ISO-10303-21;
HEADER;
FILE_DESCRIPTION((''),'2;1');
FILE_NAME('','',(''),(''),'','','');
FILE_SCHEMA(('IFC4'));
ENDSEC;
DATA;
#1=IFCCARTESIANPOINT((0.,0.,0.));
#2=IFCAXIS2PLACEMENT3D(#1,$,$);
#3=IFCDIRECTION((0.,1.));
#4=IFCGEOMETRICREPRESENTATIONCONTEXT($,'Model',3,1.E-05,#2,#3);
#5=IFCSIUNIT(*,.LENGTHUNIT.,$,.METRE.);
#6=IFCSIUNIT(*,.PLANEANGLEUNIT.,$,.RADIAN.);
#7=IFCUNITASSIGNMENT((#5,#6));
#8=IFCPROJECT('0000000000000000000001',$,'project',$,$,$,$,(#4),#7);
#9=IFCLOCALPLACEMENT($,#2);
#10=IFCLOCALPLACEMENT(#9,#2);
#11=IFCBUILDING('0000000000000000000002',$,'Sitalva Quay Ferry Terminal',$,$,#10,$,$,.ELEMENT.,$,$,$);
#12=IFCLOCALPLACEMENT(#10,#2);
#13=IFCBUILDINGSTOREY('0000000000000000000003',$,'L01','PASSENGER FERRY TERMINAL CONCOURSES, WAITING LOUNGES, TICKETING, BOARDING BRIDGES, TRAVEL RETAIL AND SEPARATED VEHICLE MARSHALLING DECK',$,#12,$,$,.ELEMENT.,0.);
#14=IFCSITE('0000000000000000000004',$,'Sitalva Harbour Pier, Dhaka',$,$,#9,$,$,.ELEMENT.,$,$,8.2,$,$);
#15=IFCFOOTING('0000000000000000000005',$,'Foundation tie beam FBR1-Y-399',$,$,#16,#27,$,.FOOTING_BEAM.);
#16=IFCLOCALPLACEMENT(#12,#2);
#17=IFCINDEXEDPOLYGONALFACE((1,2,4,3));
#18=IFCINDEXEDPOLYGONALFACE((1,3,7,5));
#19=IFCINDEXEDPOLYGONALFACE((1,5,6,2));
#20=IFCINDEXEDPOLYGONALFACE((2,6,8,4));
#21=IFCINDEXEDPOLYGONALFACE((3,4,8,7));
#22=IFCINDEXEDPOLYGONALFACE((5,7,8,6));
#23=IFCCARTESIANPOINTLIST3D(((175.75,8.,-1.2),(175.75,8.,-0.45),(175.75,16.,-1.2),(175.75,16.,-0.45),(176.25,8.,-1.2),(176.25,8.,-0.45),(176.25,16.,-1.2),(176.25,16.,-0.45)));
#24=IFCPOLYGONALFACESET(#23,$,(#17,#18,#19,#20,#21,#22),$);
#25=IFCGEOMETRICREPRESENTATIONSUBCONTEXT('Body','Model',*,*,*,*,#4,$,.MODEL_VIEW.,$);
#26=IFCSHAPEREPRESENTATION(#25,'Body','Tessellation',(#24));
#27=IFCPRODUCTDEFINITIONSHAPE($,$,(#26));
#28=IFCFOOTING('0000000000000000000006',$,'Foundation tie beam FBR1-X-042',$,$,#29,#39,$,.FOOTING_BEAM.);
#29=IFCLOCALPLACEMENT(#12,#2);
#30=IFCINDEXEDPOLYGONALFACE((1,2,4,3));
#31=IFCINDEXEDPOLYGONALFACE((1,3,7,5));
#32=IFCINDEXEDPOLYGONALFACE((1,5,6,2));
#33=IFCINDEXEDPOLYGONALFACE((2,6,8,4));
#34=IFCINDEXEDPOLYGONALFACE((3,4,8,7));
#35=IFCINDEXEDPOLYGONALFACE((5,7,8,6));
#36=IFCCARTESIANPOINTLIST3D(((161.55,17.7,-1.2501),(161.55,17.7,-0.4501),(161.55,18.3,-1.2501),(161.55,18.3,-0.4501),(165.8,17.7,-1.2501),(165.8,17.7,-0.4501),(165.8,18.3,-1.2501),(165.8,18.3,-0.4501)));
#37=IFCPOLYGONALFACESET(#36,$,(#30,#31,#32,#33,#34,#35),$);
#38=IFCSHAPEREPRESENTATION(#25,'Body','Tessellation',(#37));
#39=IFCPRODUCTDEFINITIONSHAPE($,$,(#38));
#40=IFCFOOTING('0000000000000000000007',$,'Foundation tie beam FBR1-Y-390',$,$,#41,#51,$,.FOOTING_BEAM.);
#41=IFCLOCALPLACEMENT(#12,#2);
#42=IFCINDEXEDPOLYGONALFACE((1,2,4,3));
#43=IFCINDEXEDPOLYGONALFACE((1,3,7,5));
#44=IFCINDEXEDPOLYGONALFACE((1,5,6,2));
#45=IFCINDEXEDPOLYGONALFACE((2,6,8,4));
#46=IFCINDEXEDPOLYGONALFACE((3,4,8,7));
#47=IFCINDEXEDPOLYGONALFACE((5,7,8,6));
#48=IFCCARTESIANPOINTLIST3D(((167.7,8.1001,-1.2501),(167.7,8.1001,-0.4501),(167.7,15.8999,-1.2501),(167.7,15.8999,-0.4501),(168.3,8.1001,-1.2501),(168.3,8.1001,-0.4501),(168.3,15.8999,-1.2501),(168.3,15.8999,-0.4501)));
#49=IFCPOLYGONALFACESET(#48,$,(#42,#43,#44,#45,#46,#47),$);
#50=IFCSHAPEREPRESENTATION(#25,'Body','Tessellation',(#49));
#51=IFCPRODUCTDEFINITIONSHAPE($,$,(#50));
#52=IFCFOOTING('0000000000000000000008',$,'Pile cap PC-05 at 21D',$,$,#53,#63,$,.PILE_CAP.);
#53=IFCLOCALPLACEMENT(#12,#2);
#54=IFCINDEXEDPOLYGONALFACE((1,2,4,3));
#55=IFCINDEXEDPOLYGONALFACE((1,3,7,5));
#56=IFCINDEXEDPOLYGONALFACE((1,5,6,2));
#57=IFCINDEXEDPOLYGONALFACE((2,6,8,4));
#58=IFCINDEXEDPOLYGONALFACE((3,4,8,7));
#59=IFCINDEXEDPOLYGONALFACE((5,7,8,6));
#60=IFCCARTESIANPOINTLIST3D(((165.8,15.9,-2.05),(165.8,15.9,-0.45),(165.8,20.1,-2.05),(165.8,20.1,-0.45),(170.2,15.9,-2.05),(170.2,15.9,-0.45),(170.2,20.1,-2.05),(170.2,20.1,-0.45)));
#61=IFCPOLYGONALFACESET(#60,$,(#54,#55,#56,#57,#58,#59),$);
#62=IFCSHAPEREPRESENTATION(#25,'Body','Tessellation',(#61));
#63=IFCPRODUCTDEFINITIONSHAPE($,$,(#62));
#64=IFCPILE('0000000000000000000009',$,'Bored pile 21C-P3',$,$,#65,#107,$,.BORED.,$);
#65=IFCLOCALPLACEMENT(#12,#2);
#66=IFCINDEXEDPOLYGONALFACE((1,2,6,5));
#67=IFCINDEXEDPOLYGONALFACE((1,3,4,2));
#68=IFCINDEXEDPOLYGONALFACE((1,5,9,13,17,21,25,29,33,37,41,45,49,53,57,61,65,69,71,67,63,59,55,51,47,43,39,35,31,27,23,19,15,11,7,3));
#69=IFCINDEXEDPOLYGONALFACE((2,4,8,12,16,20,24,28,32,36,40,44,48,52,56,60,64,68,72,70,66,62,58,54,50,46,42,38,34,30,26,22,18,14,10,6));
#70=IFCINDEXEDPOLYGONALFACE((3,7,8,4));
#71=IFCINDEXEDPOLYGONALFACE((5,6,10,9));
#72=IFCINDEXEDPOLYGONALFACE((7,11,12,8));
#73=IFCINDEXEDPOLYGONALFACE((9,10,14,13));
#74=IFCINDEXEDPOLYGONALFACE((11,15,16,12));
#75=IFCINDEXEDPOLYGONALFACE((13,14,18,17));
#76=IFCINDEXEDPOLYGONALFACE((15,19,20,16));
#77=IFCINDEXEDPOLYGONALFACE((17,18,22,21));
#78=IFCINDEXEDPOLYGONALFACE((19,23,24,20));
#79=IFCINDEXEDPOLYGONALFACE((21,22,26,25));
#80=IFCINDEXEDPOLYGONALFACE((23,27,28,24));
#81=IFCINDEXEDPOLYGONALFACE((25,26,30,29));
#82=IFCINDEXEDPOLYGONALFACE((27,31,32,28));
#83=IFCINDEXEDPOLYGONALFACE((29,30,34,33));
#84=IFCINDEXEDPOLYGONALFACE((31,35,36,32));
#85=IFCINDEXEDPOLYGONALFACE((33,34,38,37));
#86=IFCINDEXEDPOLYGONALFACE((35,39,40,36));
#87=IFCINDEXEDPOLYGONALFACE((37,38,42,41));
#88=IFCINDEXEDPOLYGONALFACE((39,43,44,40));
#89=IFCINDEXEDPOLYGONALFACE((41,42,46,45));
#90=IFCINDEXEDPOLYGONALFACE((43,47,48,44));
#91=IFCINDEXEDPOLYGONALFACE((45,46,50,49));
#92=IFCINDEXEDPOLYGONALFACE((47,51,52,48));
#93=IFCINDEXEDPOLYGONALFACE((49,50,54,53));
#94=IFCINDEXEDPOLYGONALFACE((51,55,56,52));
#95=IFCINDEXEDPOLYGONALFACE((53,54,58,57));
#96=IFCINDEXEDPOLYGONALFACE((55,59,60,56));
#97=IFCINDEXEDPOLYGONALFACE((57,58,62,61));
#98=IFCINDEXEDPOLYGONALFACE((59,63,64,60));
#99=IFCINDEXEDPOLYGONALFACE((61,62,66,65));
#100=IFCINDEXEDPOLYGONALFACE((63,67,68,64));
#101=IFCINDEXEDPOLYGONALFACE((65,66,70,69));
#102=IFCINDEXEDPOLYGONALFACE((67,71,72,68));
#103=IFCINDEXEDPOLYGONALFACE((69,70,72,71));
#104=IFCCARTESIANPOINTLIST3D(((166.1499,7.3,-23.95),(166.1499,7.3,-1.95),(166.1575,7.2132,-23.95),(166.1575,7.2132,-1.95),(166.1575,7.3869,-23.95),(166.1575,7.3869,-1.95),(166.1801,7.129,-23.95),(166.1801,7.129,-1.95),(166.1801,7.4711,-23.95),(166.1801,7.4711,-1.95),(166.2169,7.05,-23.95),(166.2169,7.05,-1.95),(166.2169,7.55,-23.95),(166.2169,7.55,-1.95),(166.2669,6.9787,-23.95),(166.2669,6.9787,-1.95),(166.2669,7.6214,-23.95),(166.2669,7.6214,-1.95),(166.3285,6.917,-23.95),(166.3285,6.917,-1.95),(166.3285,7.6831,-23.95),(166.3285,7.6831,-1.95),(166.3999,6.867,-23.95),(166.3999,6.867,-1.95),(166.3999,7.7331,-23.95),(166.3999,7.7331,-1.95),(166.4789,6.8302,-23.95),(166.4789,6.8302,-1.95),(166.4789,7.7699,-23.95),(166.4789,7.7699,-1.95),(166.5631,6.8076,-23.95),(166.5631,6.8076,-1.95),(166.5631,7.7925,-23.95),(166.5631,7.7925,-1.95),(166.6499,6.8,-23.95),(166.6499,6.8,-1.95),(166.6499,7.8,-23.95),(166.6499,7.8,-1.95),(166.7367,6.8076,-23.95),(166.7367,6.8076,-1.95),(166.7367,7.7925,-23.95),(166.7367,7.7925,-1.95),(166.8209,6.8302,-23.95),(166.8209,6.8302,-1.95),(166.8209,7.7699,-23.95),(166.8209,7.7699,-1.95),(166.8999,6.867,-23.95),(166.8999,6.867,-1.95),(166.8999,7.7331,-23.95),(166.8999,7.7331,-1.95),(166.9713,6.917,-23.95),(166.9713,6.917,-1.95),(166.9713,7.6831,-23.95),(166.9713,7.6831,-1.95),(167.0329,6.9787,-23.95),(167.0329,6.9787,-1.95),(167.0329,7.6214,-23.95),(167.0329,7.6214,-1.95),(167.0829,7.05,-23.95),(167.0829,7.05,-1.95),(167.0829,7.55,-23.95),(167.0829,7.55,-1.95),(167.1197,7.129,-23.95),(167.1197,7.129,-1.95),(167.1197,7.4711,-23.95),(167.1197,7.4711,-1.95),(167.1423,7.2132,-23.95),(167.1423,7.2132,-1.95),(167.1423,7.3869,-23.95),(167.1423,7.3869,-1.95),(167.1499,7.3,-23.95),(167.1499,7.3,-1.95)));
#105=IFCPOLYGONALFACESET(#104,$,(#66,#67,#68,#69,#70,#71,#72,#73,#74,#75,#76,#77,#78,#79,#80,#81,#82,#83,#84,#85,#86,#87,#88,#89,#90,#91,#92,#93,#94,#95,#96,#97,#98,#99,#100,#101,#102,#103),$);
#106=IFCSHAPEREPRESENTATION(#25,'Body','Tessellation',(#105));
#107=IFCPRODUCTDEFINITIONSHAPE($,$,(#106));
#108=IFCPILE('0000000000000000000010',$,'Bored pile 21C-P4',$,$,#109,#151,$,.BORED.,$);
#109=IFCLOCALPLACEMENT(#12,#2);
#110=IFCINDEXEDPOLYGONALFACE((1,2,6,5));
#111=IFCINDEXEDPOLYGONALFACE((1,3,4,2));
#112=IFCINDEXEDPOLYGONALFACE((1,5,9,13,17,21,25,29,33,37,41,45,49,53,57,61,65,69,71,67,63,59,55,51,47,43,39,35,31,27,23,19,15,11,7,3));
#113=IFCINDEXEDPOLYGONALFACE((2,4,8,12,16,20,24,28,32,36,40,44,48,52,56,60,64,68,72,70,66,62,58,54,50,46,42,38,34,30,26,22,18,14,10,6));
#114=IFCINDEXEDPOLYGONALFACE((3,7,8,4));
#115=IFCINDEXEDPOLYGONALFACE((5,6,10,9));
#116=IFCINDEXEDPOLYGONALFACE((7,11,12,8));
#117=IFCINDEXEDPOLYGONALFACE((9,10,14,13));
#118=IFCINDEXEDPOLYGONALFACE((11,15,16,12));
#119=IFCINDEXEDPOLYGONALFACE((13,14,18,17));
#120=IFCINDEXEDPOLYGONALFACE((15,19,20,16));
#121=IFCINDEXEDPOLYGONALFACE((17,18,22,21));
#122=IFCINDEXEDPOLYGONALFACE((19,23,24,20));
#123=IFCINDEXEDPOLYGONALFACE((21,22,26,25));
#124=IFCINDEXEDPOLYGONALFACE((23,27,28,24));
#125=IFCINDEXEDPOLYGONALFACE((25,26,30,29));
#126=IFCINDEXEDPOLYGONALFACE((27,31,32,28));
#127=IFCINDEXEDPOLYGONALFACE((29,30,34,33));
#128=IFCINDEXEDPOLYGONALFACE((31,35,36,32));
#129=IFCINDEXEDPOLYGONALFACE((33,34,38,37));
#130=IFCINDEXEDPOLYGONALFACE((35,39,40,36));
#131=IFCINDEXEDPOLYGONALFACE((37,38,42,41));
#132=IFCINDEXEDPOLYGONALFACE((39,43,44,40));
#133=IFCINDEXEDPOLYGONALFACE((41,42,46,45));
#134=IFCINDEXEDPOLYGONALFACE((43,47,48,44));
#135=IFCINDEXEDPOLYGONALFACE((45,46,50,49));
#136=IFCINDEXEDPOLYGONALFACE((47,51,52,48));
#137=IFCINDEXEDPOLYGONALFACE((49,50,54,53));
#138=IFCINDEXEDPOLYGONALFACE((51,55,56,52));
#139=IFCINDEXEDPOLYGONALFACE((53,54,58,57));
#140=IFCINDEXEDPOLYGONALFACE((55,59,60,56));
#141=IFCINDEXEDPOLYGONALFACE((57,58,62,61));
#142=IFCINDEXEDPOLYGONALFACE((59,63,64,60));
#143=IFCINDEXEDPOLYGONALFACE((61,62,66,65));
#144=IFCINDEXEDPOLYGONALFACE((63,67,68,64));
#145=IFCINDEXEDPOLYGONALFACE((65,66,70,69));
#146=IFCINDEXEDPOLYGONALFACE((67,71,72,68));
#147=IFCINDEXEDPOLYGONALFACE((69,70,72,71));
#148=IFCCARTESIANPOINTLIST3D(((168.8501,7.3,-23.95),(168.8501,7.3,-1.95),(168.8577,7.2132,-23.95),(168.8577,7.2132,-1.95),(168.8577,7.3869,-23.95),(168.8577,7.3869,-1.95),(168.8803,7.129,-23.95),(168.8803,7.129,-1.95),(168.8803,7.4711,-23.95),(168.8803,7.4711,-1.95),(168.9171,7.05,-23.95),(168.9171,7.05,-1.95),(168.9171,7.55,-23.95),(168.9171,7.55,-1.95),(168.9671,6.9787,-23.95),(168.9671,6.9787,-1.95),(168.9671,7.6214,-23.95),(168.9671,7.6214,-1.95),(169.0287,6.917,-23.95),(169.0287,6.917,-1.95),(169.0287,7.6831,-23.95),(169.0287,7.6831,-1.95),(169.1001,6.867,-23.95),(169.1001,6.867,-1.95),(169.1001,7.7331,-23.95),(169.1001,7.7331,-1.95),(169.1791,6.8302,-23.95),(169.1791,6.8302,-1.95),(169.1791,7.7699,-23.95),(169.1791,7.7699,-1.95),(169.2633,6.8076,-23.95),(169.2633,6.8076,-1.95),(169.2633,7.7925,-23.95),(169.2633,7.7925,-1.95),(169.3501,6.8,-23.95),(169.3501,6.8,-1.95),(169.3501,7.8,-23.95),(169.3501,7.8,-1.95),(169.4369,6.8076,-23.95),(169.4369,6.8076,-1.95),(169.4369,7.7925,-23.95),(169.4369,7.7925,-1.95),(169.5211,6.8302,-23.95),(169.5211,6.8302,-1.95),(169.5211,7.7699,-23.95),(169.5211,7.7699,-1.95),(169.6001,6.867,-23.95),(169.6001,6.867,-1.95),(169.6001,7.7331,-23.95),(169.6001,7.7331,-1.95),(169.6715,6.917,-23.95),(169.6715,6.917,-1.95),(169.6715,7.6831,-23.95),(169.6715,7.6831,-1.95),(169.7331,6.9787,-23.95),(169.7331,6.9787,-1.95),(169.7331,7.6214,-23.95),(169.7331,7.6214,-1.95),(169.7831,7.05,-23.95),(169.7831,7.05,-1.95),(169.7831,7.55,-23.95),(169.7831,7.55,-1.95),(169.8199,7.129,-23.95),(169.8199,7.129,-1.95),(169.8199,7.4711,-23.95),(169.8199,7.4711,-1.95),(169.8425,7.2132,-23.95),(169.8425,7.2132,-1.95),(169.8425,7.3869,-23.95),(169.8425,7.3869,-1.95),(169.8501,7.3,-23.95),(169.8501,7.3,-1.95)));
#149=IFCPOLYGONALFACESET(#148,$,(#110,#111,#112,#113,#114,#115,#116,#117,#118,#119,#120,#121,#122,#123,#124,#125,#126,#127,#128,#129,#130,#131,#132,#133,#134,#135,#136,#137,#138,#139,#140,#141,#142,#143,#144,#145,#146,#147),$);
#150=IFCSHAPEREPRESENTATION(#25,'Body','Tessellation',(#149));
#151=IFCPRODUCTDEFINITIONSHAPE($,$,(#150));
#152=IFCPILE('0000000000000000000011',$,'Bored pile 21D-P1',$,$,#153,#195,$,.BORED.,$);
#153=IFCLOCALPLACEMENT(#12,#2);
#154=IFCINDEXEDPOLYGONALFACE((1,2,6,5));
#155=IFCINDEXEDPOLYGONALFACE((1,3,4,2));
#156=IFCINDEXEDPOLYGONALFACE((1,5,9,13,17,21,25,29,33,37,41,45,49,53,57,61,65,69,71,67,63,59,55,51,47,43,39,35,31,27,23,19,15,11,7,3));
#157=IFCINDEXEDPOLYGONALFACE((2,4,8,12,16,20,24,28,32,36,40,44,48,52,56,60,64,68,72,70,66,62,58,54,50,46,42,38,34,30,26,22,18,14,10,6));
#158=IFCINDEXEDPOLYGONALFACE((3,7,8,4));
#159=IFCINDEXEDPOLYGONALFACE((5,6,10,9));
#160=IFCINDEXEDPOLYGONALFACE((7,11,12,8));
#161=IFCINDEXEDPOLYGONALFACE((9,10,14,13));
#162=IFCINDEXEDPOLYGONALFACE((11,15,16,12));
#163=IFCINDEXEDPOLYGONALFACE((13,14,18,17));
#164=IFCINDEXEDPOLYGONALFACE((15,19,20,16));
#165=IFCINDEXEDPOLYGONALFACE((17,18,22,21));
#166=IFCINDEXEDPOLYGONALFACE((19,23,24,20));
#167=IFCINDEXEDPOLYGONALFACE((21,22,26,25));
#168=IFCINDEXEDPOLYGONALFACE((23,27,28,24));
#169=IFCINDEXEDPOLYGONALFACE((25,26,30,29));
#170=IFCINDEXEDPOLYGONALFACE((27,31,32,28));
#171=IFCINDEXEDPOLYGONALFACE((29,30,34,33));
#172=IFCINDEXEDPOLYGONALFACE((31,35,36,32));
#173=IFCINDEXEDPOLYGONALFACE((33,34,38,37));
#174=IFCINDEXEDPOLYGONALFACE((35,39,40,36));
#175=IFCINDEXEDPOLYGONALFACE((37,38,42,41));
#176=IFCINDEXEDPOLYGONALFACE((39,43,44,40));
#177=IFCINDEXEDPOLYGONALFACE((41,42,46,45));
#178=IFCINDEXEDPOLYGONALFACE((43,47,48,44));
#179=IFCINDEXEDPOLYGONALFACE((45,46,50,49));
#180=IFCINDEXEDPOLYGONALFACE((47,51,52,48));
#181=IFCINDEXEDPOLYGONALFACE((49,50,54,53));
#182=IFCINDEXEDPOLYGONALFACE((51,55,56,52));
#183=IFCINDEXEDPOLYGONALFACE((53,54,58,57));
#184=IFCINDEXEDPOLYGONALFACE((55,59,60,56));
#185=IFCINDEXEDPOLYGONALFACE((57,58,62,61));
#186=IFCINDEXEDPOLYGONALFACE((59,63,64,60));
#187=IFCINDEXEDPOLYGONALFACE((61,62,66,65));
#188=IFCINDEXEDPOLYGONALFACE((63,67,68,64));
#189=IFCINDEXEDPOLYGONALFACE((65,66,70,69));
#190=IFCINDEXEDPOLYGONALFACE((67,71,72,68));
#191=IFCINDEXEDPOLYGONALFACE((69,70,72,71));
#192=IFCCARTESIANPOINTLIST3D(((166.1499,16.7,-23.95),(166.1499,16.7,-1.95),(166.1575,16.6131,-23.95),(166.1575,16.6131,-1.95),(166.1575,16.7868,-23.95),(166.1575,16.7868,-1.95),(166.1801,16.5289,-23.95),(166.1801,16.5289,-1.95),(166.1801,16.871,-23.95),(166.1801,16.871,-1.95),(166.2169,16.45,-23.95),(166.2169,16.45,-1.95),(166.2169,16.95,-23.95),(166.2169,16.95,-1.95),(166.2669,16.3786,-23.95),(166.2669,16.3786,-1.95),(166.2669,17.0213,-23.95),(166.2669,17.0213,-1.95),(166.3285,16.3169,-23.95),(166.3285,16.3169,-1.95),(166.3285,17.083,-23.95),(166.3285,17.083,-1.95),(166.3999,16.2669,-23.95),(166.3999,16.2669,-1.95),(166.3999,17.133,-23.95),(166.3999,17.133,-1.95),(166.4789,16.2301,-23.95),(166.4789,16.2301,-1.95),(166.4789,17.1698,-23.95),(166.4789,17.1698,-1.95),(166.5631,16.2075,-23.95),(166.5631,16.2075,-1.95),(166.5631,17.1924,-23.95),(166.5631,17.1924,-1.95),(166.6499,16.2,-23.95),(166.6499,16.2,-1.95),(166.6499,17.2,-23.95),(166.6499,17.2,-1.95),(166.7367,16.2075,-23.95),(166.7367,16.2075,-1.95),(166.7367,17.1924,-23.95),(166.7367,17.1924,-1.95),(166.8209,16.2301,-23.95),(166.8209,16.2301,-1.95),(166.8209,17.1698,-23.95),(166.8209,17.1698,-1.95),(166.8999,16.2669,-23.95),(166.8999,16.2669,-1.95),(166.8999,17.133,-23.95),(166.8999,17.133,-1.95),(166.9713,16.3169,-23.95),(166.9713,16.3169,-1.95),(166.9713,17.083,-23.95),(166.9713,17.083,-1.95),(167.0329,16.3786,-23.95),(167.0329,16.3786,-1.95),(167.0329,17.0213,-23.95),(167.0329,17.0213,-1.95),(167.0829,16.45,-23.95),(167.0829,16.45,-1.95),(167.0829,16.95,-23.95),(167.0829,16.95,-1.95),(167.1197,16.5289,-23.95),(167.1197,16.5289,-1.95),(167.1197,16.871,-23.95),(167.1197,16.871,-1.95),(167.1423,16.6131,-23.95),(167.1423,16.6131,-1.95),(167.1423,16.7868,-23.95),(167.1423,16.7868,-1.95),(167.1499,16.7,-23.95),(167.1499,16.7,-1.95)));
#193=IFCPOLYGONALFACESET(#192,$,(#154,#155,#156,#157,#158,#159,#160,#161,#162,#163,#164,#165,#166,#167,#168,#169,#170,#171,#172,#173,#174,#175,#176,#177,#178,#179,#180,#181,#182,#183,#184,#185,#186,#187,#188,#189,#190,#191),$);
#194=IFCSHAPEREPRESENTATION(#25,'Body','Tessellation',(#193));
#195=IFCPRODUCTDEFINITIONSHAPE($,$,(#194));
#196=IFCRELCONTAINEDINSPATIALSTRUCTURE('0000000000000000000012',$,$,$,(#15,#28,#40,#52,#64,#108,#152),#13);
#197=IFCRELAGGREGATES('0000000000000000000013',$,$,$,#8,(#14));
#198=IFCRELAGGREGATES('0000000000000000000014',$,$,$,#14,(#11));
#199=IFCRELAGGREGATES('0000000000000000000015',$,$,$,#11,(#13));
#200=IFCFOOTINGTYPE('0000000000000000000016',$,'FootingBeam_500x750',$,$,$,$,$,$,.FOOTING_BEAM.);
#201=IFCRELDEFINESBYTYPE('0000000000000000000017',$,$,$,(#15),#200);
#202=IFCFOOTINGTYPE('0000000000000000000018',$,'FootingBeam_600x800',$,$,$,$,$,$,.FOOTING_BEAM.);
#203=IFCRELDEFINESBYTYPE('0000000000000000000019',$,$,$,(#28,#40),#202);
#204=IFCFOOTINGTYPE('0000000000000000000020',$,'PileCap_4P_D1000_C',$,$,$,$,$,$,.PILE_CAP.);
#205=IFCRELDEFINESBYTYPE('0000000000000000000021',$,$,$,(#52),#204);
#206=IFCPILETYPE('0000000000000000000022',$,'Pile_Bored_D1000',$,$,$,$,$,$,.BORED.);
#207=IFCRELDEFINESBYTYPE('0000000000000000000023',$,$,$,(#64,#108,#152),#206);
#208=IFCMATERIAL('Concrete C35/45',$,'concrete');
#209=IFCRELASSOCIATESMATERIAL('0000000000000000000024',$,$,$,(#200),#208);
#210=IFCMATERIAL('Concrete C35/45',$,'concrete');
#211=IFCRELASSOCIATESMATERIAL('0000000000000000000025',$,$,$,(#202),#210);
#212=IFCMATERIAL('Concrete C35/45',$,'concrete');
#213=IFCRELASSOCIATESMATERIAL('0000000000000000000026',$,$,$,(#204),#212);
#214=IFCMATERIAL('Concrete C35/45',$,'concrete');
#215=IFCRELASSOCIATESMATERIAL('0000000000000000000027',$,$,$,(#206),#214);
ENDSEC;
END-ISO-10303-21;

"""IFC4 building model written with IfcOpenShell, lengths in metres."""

from ifc_helpers import new_model, si_unit, direction, frame, origin, origin_2d, place, context, subcontext, project, spatial, rectangle, circle, extrude, material, material_profile, profile_set, type_object, element, save


model = new_model("IFC4")

# Units and contexts
model_context = context("Model", 3, precision=1e-05, world=origin(), true_north=direction((0.0, 1.0)))
body_context = subcontext(model_context, "Body", "Model", "MODEL_VIEW")
ifc_project = project(units=[si_unit("LENGTHUNIT", "METRE"), si_unit("PLANEANGLEUNIT", "RADIAN")], contexts=[model_context])

# Site, building, storey
site_placement = place(None, origin())
site = spatial("IfcSite", under=ifc_project, at=site_placement, Name="Sitalva Harbour Pier, Dhaka", CompositionType="ELEMENT", RefElevation=8.2)
building_placement = place(site_placement, origin())
building = spatial("IfcBuilding", under=site, at=building_placement, Name="Sitalva Quay Ferry Terminal", CompositionType="ELEMENT")
storey_placement = place(building_placement, origin())
storey = spatial("IfcBuildingStorey", under=building, at=storey_placement, Name="L01", Description="PASSENGER FERRY TERMINAL CONCOURSES, WAITING LOUNGES, TICKETING, BOARDING BRIDGES, TRAVEL RETAIL AND SEPARATED VEHICLE MARSHALLING DECK", CompositionType="ELEMENT", Elevation=0.0)

# Footings
ifc_material_1 = material(Name="Concrete C35/45", Category="concrete")
ifc_material_profile_1 = material_profile(ifc_material_1, rectangle(XDim=0.5, YDim=0.75, at=origin_2d()), Name="RC500x750")
ifc_profile_set_1 = profile_set([ifc_material_profile_1], Name="Concrete C35/45")
footing_type_1 = type_object("IfcFootingType", Name="FootingBeam_500x750", PredefinedType="FOOTING_BEAM", material=ifc_profile_set_1)
footing_1_placement = place(storey_placement, frame((176.0, 8.0, -0.825), z_axis=(0.0, 1.0, 0.0), x_axis=(-1.0, 0.0, 0.0)))
element("IfcFooting", 1, at=footing_1_placement, inside=storey, type_object=footing_type_1, Name="Foundation tie beam FBR1-Y-399", PredefinedType="FOOTING_BEAM", context=body_context, shape_type="SweptSolid", body=[
    extrude(rectangle(XDim=0.5, YDim=0.75, at=origin_2d()), origin(), (0.0, 0.0, 1.0), 8.0),
])
ifc_material_2 = material(Name="Concrete C35/45", Category="concrete")
ifc_material_profile_2 = material_profile(ifc_material_2, rectangle(XDim=0.6001, YDim=0.8, at=origin_2d()), Name="RC600x800")
ifc_profile_set_2 = profile_set([ifc_material_profile_2], Name="Concrete C35/45")
footing_type_2 = type_object("IfcFootingType", Name="FootingBeam_600x800", PredefinedType="FOOTING_BEAM", material=ifc_profile_set_2)
footing_2_placement = place(storey_placement, frame((161.55, 18.0, -0.8501), z_axis=(1.0, 0.0, 0.0), x_axis=(0.0, 1.0, 0.0)))
element("IfcFooting", 2, at=footing_2_placement, inside=storey, type_object=footing_type_2, Name="Foundation tie beam FBR1-X-042", PredefinedType="FOOTING_BEAM", context=body_context, shape_type="SweptSolid", body=[
    extrude(rectangle(XDim=0.6001, YDim=0.8, at=origin_2d()), origin(), (0.0, 0.0, 1.0), 4.25),
])
footing_3_placement = place(storey_placement, frame((168.0, 8.1001, -0.8501), z_axis=(0.0, 1.0, 0.0), x_axis=(-1.0, 0.0, 0.0)))
element("IfcFooting", 3, at=footing_3_placement, inside=storey, type_object=footing_type_2, Name="Foundation tie beam FBR1-Y-390", PredefinedType="FOOTING_BEAM", context=body_context, shape_type="SweptSolid", body=[
    extrude(rectangle(XDim=0.6001, YDim=0.8, at=origin_2d()), origin(), (0.0, 0.0, 1.0), 7.7998),
])
ifc_material_3 = material(Name="Concrete C35/45", Category="concrete")
footing_type_3 = type_object("IfcFootingType", Name="PileCap_4P_D1000_C", PredefinedType="PILE_CAP", material=ifc_material_3)
footing_4_placement = place(storey_placement, frame((168.0, 18.0, -2.05), z_axis=(0.0, 0.0, 1.0), x_axis=(1.0, 0.0, 0.0)))
element("IfcFooting", 4, at=footing_4_placement, inside=storey, type_object=footing_type_3, Name="Pile cap PC-05 at 21D", PredefinedType="PILE_CAP", context=body_context, shape_type="SweptSolid", body=[
    extrude(rectangle(XDim=4.3999, YDim=4.2, at=origin_2d()), origin(), (0.0, 0.0, 1.0), 1.6001),
])

# Piles
ifc_material_4 = material(Name="Concrete C35/45", Category="concrete")
ifc_material_profile_3 = material_profile(ifc_material_4, circle(Radius=0.5, at=origin_2d()), Name="PILE-D1000")
ifc_profile_set_3 = profile_set([ifc_material_profile_3], Name="Concrete C35/45")
pile_type_1 = type_object("IfcPileType", Name="Pile_Bored_D1000", PredefinedType="BORED", material=ifc_profile_set_3)
for number, where, z_axis, x_axis, name in (
    (5, (166.6499, 7.3, -1.95), (0.0, 0.0, -1.0), (1.0, 0.0, 0.0), "Bored pile 21C-P3"),
    (6, (169.3501, 7.3, -1.95), (0.0, 0.0, -1.0), (1.0, 0.0, 0.0), "Bored pile 21C-P4"),
    (7, (166.6499, 16.7, -1.95), (0.0, 0.0, -1.0), (1.0, 0.0, 0.0), "Bored pile 21D-P1"),
):
    element("IfcPile", number, at=place(storey_placement, frame(where, z_axis=z_axis, x_axis=x_axis)), inside=storey, type_object=pile_type_1, Name=name, PredefinedType="BORED", context=body_context, shape_type="SweptSolid", body=[
        extrude(circle(Radius=0.5, at=origin_2d()), origin(), (0.0, 0.0, 1.0), 22.0),
    ])

save(model, "model.ifc")
